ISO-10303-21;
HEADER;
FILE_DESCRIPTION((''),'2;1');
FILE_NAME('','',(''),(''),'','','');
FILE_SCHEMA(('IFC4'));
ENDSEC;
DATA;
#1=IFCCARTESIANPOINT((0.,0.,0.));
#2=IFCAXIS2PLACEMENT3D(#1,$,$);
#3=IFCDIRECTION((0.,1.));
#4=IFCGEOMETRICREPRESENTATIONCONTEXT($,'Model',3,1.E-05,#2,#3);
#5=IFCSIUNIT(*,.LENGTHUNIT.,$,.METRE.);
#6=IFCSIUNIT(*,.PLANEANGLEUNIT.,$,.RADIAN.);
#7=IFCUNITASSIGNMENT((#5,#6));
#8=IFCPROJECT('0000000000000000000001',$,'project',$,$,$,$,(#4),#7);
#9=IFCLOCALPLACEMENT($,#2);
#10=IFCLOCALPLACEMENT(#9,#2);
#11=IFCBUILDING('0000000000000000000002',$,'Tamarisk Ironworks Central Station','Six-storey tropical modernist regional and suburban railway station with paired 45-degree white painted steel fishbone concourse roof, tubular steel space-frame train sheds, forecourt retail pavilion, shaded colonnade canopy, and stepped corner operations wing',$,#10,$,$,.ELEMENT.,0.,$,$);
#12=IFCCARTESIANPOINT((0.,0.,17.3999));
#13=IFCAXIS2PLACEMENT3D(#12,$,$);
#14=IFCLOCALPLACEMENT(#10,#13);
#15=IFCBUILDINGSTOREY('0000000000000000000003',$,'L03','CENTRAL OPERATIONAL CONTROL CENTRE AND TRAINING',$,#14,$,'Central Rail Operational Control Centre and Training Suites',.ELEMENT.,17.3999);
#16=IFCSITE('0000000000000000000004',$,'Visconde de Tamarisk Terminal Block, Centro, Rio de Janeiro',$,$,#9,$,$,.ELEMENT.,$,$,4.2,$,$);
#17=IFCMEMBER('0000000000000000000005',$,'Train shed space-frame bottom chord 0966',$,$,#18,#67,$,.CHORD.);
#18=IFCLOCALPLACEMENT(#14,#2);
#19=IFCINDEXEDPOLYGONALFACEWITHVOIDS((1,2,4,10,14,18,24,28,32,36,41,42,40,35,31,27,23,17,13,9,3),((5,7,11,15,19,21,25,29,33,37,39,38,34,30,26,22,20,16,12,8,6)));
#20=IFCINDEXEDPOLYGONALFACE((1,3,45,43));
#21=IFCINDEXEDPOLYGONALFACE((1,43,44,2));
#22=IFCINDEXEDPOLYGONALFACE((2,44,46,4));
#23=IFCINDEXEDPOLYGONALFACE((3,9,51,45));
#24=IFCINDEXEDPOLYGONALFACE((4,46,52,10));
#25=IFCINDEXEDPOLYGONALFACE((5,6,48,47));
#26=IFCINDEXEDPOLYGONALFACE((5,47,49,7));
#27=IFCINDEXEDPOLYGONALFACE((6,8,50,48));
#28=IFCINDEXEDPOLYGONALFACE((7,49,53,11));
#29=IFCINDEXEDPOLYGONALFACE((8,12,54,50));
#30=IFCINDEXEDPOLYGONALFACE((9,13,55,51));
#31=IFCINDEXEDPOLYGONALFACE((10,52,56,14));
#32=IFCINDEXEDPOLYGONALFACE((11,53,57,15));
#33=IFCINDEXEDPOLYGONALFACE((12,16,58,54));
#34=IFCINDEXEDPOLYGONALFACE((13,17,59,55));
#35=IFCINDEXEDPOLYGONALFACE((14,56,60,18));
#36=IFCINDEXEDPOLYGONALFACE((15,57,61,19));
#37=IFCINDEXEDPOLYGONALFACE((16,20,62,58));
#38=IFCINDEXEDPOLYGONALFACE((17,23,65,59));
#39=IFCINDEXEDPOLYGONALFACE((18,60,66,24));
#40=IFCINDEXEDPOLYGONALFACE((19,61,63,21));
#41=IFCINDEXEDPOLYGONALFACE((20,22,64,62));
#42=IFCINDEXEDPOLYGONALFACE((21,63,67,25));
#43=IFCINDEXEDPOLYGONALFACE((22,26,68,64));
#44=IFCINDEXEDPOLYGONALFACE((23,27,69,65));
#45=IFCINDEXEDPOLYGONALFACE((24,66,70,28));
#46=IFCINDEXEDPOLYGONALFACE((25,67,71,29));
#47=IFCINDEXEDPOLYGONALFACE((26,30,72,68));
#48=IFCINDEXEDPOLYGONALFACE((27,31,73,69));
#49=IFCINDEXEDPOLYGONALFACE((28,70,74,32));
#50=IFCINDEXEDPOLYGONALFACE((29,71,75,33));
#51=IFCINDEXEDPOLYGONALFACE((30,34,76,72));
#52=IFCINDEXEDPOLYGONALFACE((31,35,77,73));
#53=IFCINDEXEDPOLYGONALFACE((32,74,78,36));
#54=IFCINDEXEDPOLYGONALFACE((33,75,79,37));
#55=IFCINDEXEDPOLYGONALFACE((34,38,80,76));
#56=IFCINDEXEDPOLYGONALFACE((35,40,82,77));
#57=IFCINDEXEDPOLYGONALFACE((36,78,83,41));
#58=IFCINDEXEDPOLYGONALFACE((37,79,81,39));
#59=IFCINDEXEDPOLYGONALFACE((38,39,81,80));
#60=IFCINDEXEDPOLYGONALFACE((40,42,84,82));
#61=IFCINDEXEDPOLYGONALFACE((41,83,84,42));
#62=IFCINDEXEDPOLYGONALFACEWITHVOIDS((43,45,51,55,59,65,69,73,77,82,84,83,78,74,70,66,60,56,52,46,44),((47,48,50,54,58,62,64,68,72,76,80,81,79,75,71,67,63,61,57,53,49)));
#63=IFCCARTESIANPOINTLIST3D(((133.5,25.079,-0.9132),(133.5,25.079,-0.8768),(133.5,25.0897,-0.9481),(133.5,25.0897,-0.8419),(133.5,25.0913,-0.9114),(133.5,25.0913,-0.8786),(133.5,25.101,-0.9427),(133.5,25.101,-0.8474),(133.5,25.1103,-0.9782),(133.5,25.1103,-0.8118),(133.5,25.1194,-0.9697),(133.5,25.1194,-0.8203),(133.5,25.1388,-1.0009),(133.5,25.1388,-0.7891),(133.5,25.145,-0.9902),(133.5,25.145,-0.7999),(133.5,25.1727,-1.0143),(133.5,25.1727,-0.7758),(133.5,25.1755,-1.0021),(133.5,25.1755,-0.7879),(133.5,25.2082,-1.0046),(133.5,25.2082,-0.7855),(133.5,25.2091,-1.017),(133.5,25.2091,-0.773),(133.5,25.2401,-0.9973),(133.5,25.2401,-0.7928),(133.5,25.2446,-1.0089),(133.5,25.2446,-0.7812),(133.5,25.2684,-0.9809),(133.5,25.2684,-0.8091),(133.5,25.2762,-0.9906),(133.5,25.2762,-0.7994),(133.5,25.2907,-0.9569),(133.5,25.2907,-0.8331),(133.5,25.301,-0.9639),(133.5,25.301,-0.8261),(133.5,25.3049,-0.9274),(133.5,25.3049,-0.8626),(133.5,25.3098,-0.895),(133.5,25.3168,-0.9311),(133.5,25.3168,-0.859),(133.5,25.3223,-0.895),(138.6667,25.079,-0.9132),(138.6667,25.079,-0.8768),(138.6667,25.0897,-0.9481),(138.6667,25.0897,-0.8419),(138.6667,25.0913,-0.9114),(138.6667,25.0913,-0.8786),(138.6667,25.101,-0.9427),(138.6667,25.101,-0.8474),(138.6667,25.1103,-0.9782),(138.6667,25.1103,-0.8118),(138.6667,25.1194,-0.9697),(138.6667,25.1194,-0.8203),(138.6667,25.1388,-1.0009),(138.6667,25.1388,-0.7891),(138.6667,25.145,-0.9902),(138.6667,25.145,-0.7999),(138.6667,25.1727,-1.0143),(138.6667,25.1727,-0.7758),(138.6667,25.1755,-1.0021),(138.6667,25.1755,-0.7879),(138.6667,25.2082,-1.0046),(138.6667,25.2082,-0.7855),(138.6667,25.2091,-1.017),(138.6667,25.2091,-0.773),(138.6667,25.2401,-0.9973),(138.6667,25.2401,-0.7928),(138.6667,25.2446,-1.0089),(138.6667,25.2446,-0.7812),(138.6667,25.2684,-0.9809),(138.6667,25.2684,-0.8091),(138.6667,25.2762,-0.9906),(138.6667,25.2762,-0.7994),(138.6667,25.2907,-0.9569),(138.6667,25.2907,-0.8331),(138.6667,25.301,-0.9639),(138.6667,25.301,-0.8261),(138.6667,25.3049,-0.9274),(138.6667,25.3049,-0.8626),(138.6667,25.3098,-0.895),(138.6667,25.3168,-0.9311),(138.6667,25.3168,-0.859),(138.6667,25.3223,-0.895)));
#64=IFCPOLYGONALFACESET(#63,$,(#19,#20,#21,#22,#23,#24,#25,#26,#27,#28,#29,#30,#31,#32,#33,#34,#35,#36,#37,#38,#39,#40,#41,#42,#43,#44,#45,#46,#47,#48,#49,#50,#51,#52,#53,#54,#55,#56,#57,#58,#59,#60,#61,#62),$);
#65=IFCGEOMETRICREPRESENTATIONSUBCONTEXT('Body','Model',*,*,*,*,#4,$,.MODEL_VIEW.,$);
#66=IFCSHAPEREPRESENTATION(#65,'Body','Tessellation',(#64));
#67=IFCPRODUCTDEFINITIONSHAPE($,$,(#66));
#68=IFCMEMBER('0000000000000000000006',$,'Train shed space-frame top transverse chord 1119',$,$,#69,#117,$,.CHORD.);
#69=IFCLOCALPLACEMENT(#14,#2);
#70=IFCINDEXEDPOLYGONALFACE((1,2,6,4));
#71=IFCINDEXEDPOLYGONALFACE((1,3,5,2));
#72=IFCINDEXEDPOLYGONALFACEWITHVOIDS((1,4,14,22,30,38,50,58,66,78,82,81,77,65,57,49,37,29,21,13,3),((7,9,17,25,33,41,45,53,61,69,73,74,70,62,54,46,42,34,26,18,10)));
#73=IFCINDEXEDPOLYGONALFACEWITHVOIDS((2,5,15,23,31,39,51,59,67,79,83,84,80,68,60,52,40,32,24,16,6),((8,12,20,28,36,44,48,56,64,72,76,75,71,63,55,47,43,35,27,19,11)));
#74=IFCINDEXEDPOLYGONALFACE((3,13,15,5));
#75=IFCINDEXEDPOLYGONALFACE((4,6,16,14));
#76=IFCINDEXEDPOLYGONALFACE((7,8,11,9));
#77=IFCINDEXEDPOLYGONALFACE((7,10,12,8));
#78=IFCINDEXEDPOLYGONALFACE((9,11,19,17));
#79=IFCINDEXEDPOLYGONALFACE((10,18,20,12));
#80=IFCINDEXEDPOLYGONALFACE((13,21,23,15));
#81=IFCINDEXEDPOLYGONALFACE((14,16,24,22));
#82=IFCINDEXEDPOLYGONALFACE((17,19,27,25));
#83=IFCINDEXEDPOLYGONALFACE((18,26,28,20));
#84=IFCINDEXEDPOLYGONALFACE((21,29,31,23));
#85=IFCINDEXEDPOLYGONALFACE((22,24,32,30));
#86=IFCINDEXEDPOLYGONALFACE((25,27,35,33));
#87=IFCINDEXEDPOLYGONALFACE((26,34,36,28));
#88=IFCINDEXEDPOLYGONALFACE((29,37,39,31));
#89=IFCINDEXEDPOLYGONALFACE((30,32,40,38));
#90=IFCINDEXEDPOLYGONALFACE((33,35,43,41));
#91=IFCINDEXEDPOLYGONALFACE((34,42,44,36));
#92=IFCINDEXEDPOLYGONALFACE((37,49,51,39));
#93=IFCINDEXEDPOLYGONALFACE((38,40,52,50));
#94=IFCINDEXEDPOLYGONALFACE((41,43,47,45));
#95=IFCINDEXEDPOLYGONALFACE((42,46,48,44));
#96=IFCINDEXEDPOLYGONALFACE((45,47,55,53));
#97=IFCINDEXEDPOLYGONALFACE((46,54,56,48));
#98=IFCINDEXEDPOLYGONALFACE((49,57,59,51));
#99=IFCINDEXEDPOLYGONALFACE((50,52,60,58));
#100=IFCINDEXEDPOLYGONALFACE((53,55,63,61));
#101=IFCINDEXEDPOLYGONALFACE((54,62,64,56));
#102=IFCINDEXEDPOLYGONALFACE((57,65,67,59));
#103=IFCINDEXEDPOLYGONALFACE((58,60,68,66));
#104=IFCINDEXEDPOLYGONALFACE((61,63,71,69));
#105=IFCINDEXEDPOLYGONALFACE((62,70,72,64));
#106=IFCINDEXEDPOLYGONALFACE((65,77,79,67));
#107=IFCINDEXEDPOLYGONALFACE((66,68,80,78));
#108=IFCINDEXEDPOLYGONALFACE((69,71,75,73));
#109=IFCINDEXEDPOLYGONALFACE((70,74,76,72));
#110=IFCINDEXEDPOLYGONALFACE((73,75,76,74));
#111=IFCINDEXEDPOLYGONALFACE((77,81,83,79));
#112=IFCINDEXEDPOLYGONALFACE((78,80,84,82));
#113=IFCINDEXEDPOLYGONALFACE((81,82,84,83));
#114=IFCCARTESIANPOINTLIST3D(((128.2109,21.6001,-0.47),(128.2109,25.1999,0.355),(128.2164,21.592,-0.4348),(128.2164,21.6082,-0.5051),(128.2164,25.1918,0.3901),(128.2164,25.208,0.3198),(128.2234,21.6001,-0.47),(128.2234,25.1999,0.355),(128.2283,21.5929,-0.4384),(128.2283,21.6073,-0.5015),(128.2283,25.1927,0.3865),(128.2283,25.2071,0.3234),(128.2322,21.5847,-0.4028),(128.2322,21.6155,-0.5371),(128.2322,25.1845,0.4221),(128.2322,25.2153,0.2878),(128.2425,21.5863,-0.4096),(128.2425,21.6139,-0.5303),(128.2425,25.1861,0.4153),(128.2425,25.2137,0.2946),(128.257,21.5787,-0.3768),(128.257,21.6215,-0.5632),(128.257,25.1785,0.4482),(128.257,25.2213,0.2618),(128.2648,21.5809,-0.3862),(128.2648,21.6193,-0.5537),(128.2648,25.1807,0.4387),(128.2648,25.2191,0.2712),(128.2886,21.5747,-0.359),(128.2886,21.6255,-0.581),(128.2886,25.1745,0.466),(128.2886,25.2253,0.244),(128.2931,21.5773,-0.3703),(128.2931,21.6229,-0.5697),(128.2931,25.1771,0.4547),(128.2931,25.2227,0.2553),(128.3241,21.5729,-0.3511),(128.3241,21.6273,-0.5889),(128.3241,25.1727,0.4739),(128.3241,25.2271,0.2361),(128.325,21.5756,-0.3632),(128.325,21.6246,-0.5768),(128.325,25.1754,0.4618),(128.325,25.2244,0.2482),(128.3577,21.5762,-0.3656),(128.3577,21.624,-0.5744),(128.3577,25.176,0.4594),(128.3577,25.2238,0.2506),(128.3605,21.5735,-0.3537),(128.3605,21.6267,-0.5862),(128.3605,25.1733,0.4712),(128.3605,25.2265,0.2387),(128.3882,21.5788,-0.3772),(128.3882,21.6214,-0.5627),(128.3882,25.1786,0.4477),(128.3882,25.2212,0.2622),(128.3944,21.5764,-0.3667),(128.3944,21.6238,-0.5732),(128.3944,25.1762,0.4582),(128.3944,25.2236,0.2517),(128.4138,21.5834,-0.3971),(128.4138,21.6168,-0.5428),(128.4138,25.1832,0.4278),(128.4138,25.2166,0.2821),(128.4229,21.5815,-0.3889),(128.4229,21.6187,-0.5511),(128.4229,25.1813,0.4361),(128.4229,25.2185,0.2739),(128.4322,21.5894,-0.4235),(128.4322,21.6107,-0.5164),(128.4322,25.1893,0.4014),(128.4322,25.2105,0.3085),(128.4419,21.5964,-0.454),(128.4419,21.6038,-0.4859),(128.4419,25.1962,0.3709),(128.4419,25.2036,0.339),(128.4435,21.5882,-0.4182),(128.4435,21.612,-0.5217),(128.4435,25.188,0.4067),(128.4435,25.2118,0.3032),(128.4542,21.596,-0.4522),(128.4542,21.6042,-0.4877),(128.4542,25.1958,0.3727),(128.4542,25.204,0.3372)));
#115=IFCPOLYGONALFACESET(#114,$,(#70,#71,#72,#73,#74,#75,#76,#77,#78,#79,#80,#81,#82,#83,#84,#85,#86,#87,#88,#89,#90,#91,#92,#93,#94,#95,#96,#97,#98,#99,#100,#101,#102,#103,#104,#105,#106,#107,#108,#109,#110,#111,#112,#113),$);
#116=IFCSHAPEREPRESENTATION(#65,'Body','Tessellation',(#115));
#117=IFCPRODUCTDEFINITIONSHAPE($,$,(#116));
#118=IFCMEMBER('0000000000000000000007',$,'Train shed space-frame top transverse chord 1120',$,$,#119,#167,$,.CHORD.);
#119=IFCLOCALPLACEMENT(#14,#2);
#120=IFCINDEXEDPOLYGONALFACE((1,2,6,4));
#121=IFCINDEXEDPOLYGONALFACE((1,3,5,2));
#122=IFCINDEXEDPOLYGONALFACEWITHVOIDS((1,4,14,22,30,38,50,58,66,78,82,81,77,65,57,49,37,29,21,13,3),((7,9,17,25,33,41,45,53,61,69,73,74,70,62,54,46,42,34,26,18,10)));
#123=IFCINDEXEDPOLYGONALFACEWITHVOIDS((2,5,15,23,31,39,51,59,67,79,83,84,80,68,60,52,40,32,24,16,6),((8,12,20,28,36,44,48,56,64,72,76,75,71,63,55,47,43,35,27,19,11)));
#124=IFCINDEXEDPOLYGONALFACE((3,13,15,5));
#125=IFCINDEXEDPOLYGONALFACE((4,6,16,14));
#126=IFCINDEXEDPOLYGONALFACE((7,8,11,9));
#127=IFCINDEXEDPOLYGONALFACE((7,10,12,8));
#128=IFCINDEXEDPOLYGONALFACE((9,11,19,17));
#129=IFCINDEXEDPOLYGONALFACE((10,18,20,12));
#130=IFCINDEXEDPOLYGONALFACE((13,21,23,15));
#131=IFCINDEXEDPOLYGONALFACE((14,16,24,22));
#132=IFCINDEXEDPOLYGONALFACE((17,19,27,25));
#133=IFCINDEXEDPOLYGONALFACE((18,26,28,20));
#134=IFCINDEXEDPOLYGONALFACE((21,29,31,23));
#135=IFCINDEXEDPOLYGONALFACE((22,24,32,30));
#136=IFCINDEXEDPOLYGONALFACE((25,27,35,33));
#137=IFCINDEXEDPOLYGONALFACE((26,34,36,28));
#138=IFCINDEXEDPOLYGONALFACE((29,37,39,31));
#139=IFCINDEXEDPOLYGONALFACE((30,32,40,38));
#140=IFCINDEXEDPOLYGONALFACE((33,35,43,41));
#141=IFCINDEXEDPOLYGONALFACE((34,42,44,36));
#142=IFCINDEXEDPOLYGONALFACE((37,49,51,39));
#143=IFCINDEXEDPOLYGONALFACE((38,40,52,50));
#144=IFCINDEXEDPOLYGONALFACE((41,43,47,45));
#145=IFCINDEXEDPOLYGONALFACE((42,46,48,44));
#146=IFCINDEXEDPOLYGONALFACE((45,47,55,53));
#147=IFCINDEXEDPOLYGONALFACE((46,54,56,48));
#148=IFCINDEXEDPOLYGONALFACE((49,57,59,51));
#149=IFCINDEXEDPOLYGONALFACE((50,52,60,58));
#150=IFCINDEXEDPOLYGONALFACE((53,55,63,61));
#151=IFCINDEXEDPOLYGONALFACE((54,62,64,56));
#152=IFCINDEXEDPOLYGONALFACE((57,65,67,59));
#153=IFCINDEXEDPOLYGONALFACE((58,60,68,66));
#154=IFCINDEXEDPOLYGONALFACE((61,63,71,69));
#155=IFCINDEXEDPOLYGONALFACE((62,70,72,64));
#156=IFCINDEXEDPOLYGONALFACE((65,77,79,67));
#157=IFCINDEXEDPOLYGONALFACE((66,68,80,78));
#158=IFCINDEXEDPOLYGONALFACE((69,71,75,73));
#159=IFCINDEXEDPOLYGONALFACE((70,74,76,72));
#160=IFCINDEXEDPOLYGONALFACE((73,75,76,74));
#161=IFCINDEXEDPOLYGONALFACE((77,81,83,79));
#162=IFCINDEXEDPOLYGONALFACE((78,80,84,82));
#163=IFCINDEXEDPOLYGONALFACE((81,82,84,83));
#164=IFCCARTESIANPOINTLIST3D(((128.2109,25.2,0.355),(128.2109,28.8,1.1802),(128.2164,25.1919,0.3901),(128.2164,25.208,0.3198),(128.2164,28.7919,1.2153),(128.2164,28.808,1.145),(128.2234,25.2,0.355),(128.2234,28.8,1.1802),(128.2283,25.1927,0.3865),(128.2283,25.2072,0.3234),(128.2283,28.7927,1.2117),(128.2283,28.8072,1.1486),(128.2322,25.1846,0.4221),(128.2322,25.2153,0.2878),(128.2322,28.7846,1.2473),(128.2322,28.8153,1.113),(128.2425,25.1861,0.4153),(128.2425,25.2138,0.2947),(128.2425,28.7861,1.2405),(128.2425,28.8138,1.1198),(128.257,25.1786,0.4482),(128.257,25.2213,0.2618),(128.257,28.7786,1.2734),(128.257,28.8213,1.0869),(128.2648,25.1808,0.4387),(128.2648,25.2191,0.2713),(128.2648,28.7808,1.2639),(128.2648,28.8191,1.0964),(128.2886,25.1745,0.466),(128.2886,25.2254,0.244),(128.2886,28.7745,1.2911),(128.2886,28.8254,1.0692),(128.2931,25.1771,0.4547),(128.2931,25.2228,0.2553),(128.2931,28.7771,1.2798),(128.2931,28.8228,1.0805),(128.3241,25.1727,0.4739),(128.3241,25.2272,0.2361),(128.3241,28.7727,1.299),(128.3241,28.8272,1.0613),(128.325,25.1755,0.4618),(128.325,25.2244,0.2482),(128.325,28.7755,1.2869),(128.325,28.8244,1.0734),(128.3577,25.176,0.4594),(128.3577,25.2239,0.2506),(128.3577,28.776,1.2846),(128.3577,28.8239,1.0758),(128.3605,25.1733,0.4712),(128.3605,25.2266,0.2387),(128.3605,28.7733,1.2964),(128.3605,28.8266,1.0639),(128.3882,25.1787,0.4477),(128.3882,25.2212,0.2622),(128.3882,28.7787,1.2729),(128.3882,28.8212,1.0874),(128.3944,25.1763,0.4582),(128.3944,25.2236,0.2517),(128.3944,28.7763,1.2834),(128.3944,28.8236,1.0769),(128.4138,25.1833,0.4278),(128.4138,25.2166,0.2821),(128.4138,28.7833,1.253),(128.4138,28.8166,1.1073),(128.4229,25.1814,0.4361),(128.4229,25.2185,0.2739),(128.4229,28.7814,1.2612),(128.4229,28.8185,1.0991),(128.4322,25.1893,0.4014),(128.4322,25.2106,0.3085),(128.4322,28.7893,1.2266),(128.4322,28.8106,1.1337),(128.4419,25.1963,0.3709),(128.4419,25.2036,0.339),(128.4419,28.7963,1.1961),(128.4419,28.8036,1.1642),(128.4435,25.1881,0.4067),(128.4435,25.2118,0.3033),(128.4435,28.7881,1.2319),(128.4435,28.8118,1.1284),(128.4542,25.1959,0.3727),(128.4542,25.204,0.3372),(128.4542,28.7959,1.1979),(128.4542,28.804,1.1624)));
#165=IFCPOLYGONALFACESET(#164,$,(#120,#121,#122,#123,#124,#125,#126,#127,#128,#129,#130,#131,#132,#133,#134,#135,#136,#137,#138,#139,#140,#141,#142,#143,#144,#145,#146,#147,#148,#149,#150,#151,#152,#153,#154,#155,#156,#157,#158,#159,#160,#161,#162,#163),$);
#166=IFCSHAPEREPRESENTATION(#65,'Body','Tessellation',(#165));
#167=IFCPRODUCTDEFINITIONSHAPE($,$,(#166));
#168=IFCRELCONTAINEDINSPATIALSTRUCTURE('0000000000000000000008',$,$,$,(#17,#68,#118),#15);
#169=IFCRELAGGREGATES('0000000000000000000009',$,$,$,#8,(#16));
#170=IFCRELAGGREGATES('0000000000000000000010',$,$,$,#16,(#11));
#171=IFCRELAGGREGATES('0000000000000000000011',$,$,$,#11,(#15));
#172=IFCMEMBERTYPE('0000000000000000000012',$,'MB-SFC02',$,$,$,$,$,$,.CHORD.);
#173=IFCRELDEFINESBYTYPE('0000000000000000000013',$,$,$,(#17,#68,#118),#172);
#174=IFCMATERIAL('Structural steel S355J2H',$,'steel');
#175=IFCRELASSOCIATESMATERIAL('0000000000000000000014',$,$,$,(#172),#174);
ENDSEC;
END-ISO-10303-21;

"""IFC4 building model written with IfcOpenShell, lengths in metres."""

from ifc_helpers import new_model, si_unit, direction, frame, origin, origin_2d, place, context, subcontext, project, spatial, hollow_circle, extrude, material, material_profile, profile_set, type_object, element, save


model = new_model("IFC4")

# Units and contexts
model_context = context("Model", 3, precision=1e-05, world=origin(), true_north=direction((0.0, 1.0)))
body_context = subcontext(model_context, "Body", "Model", "MODEL_VIEW")
ifc_project = project(units=[si_unit("LENGTHUNIT", "METRE"), si_unit("PLANEANGLEUNIT", "RADIAN")], contexts=[model_context])

# Site, building, storey
site_placement = place(None, origin())
site = spatial("IfcSite", under=ifc_project, at=site_placement, Name="Visconde de Tamarisk Terminal Block, Centro, Rio de Janeiro", CompositionType="ELEMENT", RefElevation=4.2)
building_placement = place(site_placement, origin())
building = spatial("IfcBuilding", under=site, at=building_placement, Name="Tamarisk Ironworks Central Station", Description="Six-storey tropical modernist regional and suburban railway station with paired 45-degree white painted steel fishbone concourse roof, tubular steel space-frame train sheds, forecourt retail pavilion, shaded colonnade canopy, and stepped corner operations wing", CompositionType="ELEMENT", ElevationOfRefHeight=0.0)
storey_placement = place(building_placement, frame((0.0, 0.0, 17.3999)))
storey = spatial("IfcBuildingStorey", under=building, at=storey_placement, Name="L03", Description="CENTRAL OPERATIONAL CONTROL CENTRE AND TRAINING", LongName="Central Rail Operational Control Centre and Training Suites", CompositionType="ELEMENT", Elevation=17.3999)

# Members
ifc_material_1 = material(Name="Structural steel S355J2H", Category="steel")
ifc_material_profile_1 = material_profile(ifc_material_1, hollow_circle(Radius=0.1223, WallThickness=0.0125, at=origin_2d()), Name="CHS 244.5x12.5")
ifc_profile_set_1 = profile_set([ifc_material_profile_1], Name="Structural steel S355J2H")
member_type_1 = type_object("IfcMemberType", Name="MB-SFC02", PredefinedType="CHORD", material=ifc_profile_set_1)
for number, where, z_axis, x_axis, name in (
    (1, (133.5, 25.2, -0.895), (1.0, 0.0, 0.0), (0.0, 1.0, 0.0), "Train shed space-frame bottom chord 0966"),
):
    element("IfcMember", number, at=place(storey_placement, frame(where, z_axis=z_axis, x_axis=x_axis)), inside=storey, type_object=member_type_1, Name=name, PredefinedType="CHORD", context=body_context, shape_type="SweptSolid", body=[
        extrude(hollow_circle(Radius=0.1223, WallThickness=0.0125, at=origin_2d()), origin(), (0.0, 0.0, 1.0), 5.1667),
    ])
member_1_placement = place(storey_placement, frame((128.3333, 21.6001, -0.47), z_axis=(0.0, 0.974733, 0.223372), x_axis=(-1.0, 0.0, 0.0)))
element("IfcMember", 2, at=member_1_placement, inside=storey, type_object=member_type_1, Name="Train shed space-frame top transverse chord 1119", PredefinedType="CHORD", context=body_context, shape_type="SweptSolid", body=[
    extrude(hollow_circle(Radius=0.1223, WallThickness=0.0125, at=origin_2d()), origin(), (0.0, 0.0, 1.0), 3.6931),
])
member_2_placement = place(storey_placement, frame((128.3333, 25.2, 0.355), z_axis=(0.0, 0.974722, 0.223421), x_axis=(-1.0, 0.0, 0.0)))
element("IfcMember", 3, at=member_2_placement, inside=storey, type_object=member_type_1, Name="Train shed space-frame top transverse chord 1120", PredefinedType="CHORD", context=body_context, shape_type="SweptSolid", body=[
    extrude(hollow_circle(Radius=0.1223, WallThickness=0.0125, at=origin_2d()), origin(), (0.0, 0.0, 1.0), 3.6934),
])

save(model, "model.ifc")
